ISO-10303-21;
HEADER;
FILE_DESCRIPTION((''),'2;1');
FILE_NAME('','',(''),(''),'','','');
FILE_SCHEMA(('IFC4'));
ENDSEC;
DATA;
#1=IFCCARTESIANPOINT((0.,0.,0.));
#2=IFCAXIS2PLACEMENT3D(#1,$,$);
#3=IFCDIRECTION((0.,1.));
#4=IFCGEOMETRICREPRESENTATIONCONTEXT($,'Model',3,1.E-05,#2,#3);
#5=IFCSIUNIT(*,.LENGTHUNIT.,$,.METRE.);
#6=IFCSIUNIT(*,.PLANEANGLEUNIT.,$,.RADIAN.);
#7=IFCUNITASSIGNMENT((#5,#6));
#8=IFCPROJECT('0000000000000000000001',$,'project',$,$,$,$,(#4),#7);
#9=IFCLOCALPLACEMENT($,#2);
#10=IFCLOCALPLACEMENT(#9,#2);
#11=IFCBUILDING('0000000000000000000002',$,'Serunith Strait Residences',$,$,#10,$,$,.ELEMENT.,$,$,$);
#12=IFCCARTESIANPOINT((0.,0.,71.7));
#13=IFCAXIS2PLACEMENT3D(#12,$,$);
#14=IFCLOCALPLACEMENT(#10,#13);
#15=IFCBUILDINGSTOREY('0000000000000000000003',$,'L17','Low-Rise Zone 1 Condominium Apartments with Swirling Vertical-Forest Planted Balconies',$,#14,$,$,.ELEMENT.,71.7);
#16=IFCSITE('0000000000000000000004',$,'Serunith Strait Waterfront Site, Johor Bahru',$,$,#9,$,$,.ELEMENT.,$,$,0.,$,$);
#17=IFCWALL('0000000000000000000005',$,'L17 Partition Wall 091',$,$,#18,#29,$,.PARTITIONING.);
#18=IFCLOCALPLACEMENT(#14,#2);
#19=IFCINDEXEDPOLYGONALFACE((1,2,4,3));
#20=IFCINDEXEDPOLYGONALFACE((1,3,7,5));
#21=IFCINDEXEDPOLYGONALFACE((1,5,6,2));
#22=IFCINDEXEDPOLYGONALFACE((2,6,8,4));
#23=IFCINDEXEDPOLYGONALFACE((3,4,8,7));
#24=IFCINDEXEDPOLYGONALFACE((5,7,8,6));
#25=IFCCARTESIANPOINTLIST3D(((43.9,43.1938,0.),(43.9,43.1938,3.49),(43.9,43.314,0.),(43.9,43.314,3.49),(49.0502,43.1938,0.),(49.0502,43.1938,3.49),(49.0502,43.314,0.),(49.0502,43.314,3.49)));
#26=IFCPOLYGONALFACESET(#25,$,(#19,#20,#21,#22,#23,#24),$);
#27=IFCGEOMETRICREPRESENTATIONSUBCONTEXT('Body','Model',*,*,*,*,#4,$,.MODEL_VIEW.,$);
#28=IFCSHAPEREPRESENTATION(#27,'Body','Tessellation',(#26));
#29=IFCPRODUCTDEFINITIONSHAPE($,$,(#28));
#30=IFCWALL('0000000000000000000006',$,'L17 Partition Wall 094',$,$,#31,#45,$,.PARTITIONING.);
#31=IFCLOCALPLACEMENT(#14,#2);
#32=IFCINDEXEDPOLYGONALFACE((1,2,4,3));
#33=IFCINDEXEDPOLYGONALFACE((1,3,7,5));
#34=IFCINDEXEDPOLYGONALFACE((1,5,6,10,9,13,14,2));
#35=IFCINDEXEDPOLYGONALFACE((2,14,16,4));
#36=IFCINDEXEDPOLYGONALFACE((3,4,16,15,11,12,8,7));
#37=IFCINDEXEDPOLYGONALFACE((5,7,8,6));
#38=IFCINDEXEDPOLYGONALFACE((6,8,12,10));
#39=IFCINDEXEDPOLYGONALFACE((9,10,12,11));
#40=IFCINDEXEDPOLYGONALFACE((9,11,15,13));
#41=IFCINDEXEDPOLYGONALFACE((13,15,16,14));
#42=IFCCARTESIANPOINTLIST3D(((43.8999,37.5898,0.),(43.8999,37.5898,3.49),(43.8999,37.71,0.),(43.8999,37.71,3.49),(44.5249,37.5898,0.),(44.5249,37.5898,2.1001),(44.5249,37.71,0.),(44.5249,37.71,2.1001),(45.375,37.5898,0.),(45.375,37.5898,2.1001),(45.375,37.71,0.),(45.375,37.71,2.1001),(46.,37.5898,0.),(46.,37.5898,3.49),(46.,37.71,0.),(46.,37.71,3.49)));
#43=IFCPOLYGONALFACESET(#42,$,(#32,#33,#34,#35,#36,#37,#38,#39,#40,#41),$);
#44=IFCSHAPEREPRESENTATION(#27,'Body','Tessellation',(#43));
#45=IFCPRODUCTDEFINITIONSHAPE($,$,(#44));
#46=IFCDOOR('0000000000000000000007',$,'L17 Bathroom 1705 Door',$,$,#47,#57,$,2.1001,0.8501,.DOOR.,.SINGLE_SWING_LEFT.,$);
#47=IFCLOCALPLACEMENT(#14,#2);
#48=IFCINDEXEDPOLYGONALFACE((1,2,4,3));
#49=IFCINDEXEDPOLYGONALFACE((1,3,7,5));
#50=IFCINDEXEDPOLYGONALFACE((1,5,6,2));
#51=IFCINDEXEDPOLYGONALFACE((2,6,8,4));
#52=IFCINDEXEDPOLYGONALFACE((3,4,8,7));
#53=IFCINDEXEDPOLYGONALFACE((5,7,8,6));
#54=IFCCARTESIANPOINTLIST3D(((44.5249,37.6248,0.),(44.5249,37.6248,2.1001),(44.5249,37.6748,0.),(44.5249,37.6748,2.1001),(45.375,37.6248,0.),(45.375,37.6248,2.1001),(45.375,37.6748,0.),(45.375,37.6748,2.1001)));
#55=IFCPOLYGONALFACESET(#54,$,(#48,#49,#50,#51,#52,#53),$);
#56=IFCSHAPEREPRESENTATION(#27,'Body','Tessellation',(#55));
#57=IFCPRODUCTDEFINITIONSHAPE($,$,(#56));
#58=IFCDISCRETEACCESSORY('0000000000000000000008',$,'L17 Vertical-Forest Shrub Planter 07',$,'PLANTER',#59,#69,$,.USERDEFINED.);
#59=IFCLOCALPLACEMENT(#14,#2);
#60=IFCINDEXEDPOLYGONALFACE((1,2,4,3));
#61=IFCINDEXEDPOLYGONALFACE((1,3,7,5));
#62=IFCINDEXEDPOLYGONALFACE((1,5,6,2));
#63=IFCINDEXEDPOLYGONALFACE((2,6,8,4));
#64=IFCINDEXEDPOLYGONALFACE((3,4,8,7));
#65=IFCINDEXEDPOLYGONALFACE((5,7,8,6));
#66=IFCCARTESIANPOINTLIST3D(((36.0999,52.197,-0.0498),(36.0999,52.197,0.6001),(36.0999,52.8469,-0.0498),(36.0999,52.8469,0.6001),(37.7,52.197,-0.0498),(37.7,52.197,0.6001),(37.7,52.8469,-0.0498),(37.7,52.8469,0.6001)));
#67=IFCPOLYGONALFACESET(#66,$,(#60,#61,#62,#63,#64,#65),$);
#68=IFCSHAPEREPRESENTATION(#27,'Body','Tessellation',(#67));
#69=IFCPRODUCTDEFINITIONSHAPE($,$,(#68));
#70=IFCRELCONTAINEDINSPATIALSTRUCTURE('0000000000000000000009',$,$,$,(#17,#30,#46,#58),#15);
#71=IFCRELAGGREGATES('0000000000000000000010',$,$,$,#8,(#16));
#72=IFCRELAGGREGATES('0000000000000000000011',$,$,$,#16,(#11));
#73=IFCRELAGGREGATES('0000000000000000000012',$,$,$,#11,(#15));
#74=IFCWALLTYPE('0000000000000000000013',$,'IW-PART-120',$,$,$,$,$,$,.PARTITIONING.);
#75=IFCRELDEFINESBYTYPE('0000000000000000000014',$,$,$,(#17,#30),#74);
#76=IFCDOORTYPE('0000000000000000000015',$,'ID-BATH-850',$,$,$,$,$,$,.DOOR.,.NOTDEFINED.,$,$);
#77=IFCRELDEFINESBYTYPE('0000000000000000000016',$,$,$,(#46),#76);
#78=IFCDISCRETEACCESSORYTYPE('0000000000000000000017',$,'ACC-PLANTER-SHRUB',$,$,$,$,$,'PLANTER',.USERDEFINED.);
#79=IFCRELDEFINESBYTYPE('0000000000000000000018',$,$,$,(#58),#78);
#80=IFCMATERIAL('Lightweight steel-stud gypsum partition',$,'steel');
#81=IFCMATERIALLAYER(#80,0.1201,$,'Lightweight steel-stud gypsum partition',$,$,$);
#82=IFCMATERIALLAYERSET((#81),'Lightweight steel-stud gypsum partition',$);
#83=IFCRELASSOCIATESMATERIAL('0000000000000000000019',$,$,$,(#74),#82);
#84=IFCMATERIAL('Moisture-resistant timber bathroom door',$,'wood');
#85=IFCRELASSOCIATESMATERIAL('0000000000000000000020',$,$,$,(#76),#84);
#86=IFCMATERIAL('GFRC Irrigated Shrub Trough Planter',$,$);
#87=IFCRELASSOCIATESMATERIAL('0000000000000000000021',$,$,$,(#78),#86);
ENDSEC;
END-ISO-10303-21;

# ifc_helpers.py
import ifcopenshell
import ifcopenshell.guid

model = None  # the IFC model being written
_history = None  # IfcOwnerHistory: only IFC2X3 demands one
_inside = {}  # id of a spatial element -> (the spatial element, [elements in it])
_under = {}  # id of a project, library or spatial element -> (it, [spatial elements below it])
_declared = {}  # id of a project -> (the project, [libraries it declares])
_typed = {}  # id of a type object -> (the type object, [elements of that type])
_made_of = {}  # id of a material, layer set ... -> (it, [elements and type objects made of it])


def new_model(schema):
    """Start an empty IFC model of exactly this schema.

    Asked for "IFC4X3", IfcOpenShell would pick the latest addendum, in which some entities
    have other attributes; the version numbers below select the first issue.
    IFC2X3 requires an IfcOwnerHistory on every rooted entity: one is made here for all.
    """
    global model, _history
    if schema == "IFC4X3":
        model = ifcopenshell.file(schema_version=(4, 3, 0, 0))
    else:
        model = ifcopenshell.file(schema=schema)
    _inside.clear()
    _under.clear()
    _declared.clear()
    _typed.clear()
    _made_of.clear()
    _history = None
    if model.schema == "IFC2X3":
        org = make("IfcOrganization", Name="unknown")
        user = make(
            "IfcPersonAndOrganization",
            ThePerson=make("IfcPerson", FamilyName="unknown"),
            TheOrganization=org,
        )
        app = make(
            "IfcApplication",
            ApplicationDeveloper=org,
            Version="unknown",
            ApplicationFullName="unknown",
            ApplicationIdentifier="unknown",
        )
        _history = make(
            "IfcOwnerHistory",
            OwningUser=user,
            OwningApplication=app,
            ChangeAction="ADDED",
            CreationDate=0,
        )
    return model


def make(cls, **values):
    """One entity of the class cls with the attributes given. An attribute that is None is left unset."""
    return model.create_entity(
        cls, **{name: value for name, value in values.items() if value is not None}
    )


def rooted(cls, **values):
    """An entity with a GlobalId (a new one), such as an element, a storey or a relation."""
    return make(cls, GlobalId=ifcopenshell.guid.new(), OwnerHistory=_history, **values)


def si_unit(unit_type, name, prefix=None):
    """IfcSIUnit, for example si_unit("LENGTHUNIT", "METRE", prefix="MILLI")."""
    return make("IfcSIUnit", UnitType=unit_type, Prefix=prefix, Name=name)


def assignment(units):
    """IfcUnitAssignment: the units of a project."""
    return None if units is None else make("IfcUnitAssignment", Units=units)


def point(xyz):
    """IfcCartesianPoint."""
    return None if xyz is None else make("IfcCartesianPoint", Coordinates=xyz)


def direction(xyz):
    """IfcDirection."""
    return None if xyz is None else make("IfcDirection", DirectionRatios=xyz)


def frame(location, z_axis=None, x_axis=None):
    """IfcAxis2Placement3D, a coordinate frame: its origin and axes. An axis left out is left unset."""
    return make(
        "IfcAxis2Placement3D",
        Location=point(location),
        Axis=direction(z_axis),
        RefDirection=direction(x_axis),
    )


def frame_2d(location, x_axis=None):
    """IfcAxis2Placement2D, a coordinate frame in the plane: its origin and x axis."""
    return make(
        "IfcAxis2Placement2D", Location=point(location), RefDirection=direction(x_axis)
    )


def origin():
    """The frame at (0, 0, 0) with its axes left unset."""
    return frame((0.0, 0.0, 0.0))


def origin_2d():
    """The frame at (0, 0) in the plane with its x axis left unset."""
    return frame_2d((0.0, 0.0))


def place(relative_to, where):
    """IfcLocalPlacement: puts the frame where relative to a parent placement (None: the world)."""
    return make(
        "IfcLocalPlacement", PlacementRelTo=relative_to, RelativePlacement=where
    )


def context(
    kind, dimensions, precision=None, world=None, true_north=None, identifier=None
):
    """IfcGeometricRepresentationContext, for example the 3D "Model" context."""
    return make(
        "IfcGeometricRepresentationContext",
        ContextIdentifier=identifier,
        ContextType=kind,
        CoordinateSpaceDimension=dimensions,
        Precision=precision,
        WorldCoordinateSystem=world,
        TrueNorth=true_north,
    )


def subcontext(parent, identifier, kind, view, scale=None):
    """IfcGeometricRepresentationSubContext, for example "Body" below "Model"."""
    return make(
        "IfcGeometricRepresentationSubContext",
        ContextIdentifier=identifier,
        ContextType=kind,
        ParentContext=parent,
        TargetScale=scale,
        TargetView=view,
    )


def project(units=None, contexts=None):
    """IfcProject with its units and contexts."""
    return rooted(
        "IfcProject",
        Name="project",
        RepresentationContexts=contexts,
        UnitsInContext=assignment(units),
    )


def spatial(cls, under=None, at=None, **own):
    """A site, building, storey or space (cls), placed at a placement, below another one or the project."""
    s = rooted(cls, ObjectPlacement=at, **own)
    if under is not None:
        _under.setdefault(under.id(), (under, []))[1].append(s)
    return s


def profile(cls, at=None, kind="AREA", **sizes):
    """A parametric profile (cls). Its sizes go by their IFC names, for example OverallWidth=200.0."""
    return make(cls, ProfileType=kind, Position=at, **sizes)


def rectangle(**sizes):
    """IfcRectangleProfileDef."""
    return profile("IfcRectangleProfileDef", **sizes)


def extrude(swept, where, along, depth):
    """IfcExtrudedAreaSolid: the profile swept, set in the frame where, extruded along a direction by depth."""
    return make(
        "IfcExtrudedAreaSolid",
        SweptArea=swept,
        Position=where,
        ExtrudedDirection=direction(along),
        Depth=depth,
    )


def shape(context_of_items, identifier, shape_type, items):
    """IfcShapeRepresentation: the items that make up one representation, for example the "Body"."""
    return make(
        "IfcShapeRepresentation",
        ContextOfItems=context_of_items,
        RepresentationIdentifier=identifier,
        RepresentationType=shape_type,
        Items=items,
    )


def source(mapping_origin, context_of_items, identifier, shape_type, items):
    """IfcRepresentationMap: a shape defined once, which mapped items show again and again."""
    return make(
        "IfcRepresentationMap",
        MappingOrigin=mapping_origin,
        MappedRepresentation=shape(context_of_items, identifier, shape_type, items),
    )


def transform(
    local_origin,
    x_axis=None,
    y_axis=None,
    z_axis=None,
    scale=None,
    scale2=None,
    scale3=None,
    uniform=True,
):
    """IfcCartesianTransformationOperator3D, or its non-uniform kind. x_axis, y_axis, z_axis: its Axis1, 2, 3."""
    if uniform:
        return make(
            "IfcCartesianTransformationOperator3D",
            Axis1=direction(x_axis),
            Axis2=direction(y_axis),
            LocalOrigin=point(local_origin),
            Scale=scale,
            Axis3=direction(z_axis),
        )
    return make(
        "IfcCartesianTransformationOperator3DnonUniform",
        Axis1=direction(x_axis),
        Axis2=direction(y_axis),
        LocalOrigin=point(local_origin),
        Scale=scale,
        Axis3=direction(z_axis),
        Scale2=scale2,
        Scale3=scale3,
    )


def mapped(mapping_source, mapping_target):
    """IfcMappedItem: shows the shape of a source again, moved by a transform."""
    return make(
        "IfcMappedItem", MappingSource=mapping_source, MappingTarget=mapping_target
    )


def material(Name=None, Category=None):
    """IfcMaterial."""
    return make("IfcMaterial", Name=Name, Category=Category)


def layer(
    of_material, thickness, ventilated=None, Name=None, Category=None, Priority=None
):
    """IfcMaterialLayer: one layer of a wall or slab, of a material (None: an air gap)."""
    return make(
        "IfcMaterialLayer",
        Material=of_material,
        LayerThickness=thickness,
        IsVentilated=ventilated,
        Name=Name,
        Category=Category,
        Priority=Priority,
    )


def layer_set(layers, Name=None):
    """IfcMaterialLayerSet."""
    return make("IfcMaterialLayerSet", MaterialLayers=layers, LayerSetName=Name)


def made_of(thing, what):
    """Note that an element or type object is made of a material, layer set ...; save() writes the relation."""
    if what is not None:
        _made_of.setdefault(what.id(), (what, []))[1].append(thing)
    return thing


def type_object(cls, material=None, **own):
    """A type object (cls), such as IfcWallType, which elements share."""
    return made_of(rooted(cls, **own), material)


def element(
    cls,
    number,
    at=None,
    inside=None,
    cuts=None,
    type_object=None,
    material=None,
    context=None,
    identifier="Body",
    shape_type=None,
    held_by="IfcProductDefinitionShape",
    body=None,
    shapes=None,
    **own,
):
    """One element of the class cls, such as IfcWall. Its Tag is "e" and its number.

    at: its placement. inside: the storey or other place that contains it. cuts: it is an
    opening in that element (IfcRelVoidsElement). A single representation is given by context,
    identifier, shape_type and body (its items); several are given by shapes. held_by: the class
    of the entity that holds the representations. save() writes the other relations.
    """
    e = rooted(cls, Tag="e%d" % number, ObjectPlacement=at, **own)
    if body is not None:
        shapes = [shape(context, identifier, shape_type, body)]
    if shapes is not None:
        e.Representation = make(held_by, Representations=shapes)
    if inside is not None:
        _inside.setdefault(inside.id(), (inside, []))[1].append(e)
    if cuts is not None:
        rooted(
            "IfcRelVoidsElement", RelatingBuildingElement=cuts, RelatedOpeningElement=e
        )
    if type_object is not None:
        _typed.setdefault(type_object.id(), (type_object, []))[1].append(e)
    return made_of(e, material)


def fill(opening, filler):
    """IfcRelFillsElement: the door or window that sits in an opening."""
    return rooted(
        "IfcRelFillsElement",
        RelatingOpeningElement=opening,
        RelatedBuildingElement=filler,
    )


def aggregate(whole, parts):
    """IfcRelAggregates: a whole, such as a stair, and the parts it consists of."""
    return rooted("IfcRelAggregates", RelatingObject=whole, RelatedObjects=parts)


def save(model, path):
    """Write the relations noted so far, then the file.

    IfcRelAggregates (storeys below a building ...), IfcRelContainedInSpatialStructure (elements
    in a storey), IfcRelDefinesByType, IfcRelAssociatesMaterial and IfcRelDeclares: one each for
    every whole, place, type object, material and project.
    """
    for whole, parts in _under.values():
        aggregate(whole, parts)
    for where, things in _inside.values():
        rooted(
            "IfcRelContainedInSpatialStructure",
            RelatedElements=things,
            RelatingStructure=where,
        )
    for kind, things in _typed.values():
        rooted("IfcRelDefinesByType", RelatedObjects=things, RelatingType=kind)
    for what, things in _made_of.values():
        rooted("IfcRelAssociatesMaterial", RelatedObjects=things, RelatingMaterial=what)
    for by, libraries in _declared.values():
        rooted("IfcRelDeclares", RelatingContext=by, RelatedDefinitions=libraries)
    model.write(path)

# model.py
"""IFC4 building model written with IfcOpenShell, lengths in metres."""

from ifc_helpers import new_model, si_unit, direction, frame, frame_2d, origin, origin_2d, place, context, subcontext, project, spatial, rectangle, extrude, source, transform, mapped, material, layer, layer_set, type_object, element, fill, save


model = new_model("IFC4")

# Units and contexts
model_context = context("Model", 3, precision=1e-05, world=origin(), true_north=direction((0.0, 1.0)))
body_context = subcontext(model_context, "Body", "Model", "MODEL_VIEW")
ifc_project = project(units=[si_unit("LENGTHUNIT", "METRE"), si_unit("PLANEANGLEUNIT", "RADIAN")], contexts=[model_context])

# Site, building, storey
site_placement = place(None, origin())
site = spatial("IfcSite", under=ifc_project, at=site_placement, Name="Serunith Strait Waterfront Site, Johor Bahru", CompositionType="ELEMENT", RefElevation=0.0)
building_placement = place(site_placement, origin())
building = spatial("IfcBuilding", under=site, at=building_placement, Name="Serunith Strait Residences", CompositionType="ELEMENT")
storey_placement = place(building_placement, frame((0.0, 0.0, 71.7)))
storey = spatial("IfcBuildingStorey", under=building, at=storey_placement, Name="L17", Description="Low-Rise Zone 1 Condominium Apartments with Swirling Vertical-Forest Planted Balconies", CompositionType="ELEMENT", Elevation=71.7)

# Shared definitions
ifc_material_1 = material(Name="Lightweight steel-stud gypsum partition", Category="steel")
ifc_layer_1 = layer(ifc_material_1, 0.1201, Name="Lightweight steel-stud gypsum partition")
ifc_layer_set_1 = layer_set([ifc_layer_1], Name="Lightweight steel-stud gypsum partition")
wall_type_1 = type_object("IfcWallType", Name="IW-PART-120", PredefinedType="PARTITIONING", material=ifc_layer_set_1)

# Shared definitions
shared_shape_1 = source(origin(), body_context, "Body", "SweptSolid", [
    extrude(rectangle(XDim=0.8501, YDim=2.1001, at=frame_2d((0.425, 1.05))), frame((0.0, 0.0249, 0.0), z_axis=(0.0, -1.0, 0.0), x_axis=(1.0, 0.0, 0.0)), (0.0, 0.0, 1.0), 0.05),
])

# Wall
wall_1_placement = place(storey_placement, frame((43.8999, 43.2539, 0.0), z_axis=(0.0, 0.0, 1.0), x_axis=(1.0, 0.0, 0.0)))
element("IfcWall", 1, at=wall_1_placement, inside=storey, type_object=wall_type_1, Name="L17 Partition Wall 091", PredefinedType="PARTITIONING", context=body_context, shape_type="SweptSolid", body=[
    extrude(rectangle(XDim=5.1501, YDim=0.1201, at=frame_2d((2.5752, 0.0))), origin(), (0.0, 0.0, 1.0), 3.49),
])

# Wall, opening, door
wall_2_placement = place(storey_placement, frame((43.8999, 37.6499, 0.0), z_axis=(0.0, 0.0, 1.0), x_axis=(1.0, 0.0, 0.0)))
wall_2 = element("IfcWall", 2, at=wall_2_placement, inside=storey, type_object=wall_type_1, Name="L17 Partition Wall 094", PredefinedType="PARTITIONING", context=body_context, shape_type="SweptSolid", body=[
    extrude(rectangle(XDim=2.1001, YDim=0.1201, at=frame_2d((1.05, 0.0))), origin(), (0.0, 0.0, 1.0), 3.49),
])
opening_1_placement = place(wall_2_placement, frame((0.625, 0.0, 0.0)))
opening_1 = element("IfcOpeningElement", 3, at=opening_1_placement, cuts=wall_2, PredefinedType="OPENING", context=body_context, shape_type="SweptSolid", body=[
    extrude(rectangle(XDim=0.8501, YDim=2.1001, at=frame_2d((0.425, 1.05))), frame((0.0, 0.0701, 0.0), z_axis=(0.0, -1.0, 0.0), x_axis=(1.0, 0.0, 0.0)), (0.0, 0.0, 1.0), 0.1401),
])
ifc_material_2 = material(Name="Moisture-resistant timber bathroom door", Category="wood")
door_type_1 = type_object("IfcDoorType", Name="ID-BATH-850", OperationType="NOTDEFINED", PredefinedType="DOOR", material=ifc_material_2)
door_1_placement = place(opening_1_placement, origin())
door_1 = element("IfcDoor", 4, at=door_1_placement, inside=storey, type_object=door_type_1, Name="L17 Bathroom 1705 Door", OperationType="SINGLE_SWING_LEFT", OverallHeight=2.1001, OverallWidth=0.8501, PredefinedType="DOOR", context=body_context, shape_type="MappedRepresentation", body=[
    mapped(shared_shape_1, transform((0.0, 0.0, 0.0), scale=1.0)),
])
fill(opening_1, door_1)

# Discrete accessory
ifc_material_3 = material(Name="GFRC Irrigated Shrub Trough Planter")
discrete_accessory_type = type_object("IfcDiscreteAccessoryType", Name="ACC-PLANTER-SHRUB", ElementType="PLANTER", PredefinedType="USERDEFINED", material=ifc_material_3)
shared_shape_2 = source(origin(), body_context, "Body", "SweptSolid", [
    extrude(rectangle(XDim=1.6001, YDim=0.6499, at=origin_2d()), origin(), (0.0, 0.0, 1.0), 0.6499),
])
discrete_accessory_placement = place(storey_placement, frame((36.8999, 52.522, -0.0498), z_axis=(0.0, 0.0, 1.0), x_axis=(-1.0, 0.0, 0.0)))
element("IfcDiscreteAccessory", 5, at=discrete_accessory_placement, inside=storey, type_object=discrete_accessory_type, Name="L17 Vertical-Forest Shrub Planter 07", ObjectType="PLANTER", PredefinedType="USERDEFINED", context=body_context, shape_type="MappedRepresentation", body=[
    mapped(shared_shape_2, transform((0.0, 0.0, 0.0), scale=1.0)),
])

save(model, "model.ifc")
